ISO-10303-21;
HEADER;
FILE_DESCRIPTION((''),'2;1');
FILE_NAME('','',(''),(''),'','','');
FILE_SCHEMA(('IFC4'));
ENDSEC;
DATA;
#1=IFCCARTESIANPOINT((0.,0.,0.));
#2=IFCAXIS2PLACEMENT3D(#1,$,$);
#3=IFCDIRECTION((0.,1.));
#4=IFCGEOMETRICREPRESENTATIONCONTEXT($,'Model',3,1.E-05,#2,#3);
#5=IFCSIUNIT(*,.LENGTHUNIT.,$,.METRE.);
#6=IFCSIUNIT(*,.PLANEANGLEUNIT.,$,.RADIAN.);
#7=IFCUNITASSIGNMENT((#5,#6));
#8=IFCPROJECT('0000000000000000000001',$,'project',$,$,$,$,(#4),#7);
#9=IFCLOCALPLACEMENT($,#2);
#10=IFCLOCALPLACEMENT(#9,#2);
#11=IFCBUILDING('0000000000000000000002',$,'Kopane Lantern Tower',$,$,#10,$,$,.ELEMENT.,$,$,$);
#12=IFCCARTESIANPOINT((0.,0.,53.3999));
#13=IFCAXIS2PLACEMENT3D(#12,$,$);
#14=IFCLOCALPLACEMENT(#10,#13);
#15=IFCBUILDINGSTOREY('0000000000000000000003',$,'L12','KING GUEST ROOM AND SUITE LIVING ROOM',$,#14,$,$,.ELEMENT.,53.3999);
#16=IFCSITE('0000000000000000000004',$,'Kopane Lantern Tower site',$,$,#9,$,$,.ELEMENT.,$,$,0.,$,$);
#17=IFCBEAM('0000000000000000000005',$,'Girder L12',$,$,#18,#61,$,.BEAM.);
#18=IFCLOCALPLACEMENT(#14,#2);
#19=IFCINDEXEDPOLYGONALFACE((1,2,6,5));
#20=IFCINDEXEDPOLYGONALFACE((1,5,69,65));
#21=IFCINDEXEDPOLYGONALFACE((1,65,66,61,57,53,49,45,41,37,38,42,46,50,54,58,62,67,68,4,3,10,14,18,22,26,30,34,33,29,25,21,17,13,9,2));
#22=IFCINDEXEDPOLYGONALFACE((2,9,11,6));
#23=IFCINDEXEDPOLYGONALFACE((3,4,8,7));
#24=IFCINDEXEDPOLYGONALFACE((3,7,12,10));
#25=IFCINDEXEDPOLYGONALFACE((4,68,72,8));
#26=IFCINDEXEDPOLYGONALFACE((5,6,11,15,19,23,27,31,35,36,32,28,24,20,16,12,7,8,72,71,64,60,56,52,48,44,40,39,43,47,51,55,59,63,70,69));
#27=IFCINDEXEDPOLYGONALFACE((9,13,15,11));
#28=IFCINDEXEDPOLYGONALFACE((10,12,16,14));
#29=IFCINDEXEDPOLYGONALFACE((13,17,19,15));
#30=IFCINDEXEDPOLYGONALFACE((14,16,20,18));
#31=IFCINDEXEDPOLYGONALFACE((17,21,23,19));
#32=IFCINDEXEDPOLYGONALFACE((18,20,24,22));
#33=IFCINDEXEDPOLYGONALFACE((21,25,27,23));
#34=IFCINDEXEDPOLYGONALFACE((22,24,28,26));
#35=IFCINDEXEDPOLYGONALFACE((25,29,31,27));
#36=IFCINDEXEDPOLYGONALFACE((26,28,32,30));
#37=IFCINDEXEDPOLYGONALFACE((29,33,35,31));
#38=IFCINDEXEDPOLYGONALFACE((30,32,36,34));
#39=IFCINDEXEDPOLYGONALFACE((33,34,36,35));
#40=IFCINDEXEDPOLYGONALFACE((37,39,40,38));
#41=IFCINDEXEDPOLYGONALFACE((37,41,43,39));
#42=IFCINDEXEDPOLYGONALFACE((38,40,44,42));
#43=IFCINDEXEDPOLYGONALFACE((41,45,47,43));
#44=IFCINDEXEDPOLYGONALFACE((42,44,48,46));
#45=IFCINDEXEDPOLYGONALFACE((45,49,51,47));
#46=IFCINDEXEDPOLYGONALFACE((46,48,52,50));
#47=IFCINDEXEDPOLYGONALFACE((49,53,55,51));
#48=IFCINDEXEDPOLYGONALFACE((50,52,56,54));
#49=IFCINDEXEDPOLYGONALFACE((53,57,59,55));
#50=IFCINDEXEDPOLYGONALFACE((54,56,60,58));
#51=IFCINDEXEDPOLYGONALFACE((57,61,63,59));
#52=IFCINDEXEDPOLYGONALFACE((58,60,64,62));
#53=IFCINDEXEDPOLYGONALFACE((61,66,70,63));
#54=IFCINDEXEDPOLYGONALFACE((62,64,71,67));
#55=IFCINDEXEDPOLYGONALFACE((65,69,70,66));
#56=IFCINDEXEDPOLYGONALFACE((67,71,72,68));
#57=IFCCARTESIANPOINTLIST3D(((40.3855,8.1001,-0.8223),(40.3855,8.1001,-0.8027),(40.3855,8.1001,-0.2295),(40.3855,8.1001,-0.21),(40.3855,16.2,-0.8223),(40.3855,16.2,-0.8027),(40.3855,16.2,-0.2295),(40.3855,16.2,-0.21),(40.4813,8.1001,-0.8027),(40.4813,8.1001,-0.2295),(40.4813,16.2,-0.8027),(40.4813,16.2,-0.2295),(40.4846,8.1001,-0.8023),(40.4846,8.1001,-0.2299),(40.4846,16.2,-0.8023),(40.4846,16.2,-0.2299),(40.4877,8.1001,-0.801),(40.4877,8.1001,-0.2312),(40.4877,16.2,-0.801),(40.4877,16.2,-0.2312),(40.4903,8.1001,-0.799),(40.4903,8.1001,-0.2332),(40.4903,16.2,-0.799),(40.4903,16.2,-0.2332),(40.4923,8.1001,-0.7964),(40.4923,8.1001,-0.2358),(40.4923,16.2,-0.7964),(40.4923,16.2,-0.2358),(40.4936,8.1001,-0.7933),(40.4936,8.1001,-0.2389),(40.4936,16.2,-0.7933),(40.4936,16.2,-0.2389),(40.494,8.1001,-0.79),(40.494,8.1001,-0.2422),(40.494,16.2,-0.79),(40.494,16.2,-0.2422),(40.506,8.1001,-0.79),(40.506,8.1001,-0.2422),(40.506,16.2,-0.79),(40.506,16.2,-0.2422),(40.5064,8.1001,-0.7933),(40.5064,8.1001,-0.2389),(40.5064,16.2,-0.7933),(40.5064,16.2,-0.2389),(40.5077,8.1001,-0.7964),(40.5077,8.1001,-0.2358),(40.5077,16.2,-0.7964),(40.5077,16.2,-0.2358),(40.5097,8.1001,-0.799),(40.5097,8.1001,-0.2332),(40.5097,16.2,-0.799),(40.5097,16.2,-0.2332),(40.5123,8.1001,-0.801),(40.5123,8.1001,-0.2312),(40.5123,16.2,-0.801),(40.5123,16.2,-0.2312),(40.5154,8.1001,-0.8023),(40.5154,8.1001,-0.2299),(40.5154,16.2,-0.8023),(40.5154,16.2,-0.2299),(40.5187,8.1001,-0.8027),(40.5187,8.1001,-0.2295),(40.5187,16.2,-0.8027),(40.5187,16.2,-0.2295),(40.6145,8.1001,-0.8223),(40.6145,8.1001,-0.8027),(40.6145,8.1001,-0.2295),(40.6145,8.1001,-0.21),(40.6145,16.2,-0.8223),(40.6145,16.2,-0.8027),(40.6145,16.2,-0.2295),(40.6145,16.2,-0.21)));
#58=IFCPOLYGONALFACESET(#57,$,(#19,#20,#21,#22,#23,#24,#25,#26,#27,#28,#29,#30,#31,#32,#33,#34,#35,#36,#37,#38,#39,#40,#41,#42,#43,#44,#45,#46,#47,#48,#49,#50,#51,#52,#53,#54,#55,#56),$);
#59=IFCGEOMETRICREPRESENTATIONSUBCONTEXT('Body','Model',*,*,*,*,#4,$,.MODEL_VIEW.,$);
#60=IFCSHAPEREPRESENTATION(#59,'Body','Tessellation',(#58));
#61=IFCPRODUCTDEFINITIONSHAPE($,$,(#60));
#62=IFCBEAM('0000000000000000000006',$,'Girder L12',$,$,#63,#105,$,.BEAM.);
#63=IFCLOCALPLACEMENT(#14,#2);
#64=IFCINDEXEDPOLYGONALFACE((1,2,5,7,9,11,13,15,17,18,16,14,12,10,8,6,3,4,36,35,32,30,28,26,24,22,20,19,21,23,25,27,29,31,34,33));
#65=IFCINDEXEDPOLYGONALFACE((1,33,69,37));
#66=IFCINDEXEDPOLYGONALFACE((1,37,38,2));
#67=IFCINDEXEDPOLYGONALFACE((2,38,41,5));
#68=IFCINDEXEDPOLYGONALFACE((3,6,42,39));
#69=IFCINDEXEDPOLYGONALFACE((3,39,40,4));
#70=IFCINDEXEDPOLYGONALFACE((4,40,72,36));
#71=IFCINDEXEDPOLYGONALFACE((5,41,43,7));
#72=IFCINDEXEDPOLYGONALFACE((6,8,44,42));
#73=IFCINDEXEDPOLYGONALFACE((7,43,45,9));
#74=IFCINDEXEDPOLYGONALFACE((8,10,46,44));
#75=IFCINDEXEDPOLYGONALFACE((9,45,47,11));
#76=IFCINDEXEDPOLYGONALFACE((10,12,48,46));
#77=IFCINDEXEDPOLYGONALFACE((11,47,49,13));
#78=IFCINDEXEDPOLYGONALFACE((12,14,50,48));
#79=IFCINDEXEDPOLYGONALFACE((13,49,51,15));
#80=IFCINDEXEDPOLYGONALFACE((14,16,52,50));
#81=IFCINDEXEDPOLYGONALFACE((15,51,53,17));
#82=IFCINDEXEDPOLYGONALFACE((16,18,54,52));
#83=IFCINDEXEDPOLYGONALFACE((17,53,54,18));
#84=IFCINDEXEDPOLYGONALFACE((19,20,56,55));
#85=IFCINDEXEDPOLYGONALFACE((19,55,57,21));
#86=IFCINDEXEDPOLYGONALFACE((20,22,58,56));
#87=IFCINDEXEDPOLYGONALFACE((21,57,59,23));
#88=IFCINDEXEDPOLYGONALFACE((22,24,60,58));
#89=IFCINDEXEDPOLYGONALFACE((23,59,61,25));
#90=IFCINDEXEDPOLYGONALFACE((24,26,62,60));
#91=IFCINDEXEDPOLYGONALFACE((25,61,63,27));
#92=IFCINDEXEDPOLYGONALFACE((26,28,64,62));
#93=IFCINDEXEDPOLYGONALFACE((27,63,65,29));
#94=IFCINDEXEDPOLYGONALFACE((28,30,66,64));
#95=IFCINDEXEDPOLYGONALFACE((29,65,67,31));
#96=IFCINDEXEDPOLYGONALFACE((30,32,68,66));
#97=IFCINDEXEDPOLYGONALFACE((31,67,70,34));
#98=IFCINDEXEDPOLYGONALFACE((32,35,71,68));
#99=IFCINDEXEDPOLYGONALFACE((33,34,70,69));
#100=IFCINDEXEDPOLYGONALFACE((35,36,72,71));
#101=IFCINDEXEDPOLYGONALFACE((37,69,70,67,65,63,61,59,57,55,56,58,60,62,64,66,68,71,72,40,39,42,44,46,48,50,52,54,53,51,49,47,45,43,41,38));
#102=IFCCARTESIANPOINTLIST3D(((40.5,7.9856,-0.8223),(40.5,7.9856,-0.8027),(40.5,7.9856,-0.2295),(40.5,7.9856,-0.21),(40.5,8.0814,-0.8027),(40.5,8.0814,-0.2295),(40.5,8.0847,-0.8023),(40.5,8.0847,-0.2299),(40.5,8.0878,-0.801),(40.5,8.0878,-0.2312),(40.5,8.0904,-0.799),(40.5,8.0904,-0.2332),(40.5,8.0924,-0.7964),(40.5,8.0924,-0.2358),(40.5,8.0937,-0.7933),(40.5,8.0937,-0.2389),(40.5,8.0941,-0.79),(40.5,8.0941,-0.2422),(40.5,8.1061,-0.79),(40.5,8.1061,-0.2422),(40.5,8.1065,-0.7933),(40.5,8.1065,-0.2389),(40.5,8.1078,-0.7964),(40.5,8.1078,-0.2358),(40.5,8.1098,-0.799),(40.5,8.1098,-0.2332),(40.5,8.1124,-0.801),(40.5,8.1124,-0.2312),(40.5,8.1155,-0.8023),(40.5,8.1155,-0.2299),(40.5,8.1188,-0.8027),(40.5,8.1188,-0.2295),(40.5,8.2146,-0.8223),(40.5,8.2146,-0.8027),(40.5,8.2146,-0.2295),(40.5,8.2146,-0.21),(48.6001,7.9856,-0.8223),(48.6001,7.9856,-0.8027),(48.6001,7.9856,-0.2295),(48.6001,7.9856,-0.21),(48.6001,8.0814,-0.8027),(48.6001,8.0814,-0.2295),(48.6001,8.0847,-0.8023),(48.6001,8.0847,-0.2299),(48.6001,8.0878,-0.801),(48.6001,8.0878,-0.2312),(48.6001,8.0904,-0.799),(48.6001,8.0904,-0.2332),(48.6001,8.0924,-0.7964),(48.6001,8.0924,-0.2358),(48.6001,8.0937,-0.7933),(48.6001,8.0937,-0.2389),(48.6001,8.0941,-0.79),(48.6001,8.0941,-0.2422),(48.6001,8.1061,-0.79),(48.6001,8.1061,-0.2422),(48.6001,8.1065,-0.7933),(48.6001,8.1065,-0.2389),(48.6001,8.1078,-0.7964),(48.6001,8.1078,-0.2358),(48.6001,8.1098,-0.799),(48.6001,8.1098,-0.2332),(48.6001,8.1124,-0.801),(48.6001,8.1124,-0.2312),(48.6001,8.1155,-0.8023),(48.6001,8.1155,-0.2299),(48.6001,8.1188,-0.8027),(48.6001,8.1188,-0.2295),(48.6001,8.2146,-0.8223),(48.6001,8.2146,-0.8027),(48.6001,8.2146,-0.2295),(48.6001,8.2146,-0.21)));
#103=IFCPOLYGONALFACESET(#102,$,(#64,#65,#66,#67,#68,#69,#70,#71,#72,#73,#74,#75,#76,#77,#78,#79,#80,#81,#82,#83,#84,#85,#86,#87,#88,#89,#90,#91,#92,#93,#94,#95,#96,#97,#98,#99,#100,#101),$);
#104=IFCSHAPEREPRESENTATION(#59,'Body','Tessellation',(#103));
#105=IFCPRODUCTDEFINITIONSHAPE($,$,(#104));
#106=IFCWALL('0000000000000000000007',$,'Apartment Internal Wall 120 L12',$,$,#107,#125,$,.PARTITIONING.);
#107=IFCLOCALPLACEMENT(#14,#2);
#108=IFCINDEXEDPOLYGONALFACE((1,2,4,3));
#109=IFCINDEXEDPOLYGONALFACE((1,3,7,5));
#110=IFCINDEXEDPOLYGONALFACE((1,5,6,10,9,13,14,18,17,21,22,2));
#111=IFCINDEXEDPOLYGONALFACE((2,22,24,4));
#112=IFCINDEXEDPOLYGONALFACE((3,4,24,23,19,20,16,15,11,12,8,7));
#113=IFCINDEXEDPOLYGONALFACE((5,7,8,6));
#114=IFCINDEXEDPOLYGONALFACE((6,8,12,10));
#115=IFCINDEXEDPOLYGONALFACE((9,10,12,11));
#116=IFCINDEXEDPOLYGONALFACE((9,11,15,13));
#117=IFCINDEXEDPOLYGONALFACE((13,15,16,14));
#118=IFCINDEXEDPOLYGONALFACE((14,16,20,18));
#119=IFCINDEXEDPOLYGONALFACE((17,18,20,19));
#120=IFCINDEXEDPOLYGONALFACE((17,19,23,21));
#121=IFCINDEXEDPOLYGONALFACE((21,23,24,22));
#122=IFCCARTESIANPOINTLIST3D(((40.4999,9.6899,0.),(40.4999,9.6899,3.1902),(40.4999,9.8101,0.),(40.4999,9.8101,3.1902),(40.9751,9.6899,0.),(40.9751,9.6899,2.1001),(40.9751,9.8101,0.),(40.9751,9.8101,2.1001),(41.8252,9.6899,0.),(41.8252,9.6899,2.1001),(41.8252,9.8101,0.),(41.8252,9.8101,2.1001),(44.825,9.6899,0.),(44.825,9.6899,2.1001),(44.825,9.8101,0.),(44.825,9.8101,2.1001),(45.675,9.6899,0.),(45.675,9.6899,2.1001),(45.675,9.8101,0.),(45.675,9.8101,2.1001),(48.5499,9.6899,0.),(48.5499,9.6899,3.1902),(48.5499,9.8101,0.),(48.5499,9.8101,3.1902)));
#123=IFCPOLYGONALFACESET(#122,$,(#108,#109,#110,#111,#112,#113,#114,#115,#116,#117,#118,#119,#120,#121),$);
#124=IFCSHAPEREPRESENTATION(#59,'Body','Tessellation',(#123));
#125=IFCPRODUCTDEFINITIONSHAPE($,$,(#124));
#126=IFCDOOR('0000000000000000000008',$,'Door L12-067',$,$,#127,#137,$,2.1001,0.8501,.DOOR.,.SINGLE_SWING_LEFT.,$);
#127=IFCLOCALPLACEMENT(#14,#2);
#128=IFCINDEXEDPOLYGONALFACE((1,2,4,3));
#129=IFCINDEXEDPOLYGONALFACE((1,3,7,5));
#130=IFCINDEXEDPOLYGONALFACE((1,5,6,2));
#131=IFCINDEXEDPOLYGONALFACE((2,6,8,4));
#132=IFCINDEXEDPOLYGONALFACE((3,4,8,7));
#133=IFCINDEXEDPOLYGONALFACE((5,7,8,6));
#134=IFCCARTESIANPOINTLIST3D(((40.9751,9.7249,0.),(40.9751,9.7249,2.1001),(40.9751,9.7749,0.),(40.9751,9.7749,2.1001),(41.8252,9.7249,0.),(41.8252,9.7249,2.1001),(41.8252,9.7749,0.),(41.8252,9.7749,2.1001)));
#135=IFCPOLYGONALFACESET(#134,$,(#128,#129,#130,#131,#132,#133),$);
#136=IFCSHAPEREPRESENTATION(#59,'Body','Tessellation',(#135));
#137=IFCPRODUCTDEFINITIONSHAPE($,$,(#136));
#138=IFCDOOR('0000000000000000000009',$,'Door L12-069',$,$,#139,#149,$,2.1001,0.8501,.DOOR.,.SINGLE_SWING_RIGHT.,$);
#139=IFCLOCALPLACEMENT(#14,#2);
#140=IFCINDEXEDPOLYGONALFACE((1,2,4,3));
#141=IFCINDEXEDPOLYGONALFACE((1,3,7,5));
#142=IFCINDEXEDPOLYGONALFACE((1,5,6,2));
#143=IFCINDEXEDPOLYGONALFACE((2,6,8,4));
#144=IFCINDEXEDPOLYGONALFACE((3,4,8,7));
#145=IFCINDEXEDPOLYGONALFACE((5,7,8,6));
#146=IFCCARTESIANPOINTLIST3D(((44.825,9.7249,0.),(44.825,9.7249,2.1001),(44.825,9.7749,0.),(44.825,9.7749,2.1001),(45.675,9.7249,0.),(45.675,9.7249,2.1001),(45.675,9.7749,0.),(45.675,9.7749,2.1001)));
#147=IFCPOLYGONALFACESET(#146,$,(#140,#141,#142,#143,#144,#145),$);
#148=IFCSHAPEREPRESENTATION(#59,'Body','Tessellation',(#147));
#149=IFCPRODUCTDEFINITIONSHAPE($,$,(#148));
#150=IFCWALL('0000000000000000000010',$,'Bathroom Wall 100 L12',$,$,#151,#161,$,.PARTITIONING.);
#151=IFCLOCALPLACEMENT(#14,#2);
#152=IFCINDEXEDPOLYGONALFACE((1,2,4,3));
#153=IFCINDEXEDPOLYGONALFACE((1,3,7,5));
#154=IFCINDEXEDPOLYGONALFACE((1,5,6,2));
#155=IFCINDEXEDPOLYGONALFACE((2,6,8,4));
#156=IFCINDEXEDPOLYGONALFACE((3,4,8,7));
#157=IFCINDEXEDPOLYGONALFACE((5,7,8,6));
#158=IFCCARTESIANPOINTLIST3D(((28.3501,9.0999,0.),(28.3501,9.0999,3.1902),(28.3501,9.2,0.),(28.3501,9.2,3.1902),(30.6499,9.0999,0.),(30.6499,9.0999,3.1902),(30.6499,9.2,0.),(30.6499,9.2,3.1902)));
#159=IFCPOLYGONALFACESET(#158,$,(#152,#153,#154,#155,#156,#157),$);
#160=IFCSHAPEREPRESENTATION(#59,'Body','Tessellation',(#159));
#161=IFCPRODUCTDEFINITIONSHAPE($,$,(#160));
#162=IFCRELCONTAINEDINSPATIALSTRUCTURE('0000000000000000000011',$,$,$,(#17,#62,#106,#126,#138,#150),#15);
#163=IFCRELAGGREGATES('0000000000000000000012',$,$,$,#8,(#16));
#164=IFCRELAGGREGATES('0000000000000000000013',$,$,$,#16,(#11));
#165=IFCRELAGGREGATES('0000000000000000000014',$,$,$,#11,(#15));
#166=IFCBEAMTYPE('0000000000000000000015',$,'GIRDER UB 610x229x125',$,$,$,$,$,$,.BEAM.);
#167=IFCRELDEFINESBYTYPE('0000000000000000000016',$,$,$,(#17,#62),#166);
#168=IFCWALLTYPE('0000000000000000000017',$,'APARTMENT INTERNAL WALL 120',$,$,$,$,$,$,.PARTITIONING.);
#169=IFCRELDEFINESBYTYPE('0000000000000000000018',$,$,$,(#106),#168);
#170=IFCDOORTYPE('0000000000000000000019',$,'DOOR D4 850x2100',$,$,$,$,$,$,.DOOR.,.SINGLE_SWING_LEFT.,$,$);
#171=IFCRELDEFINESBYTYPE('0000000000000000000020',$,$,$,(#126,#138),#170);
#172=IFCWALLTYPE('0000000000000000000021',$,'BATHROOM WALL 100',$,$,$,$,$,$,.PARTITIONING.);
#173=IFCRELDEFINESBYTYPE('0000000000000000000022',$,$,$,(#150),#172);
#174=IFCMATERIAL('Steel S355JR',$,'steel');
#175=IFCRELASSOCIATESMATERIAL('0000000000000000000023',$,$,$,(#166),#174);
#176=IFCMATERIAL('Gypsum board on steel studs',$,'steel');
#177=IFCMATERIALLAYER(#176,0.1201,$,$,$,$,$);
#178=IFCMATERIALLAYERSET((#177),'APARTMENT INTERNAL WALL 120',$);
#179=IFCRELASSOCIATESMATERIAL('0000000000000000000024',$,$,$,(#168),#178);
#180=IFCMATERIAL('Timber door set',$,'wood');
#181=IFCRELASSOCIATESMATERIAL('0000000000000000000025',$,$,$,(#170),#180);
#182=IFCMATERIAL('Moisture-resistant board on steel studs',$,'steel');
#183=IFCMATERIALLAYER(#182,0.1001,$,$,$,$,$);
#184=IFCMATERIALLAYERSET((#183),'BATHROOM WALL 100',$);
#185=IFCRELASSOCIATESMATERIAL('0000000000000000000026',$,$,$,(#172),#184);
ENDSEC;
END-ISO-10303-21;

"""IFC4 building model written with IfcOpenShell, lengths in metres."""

from ifc_helpers import new_model, si_unit, direction, frame, frame_2d, origin, origin_2d, place, context, subcontext, project, spatial, rectangle, i_section, extrude, material, layer, layer_set, material_profile, profile_set, type_object, element, fill, save


model = new_model("IFC4")

# Units and contexts
model_context = context("Model", 3, precision=1e-05, world=origin(), true_north=direction((0.0, 1.0)))
body_context = subcontext(model_context, "Body", "Model", "MODEL_VIEW")
ifc_project = project(units=[si_unit("LENGTHUNIT", "METRE"), si_unit("PLANEANGLEUNIT", "RADIAN")], contexts=[model_context])

# Site, building, storey
site_placement = place(None, origin())
site = spatial("IfcSite", under=ifc_project, at=site_placement, Name="Kopane Lantern Tower site", CompositionType="ELEMENT", RefElevation=0.0)
building_placement = place(site_placement, origin())
building = spatial("IfcBuilding", under=site, at=building_placement, Name="Kopane Lantern Tower", CompositionType="ELEMENT")
storey_placement = place(building_placement, frame((0.0, 0.0, 53.3999)))
storey = spatial("IfcBuildingStorey", under=building, at=storey_placement, Name="L12", Description="KING GUEST ROOM AND SUITE LIVING ROOM", CompositionType="ELEMENT", Elevation=53.3999)

# Beams
ifc_material_1 = material(Name="Steel S355JR", Category="steel")
ifc_material_profile_1 = material_profile(ifc_material_1, i_section(OverallWidth=0.229, OverallDepth=0.6123, WebThickness=0.012, FlangeThickness=0.0195, FilletRadius=0.0127, at=origin_2d()), Name="UB 610x229x125")
ifc_profile_set_1 = profile_set([ifc_material_profile_1], Name="Steel S355JR")
beam_type = type_object("IfcBeamType", Name="GIRDER UB 610x229x125", PredefinedType="BEAM", material=ifc_profile_set_1)
beam_1_placement = place(storey_placement, frame((40.5, 8.1001, -0.5161), z_axis=(0.0, 1.0, 0.0), x_axis=(-1.0, 0.0, 0.0)))
element("IfcBeam", 1, at=beam_1_placement, inside=storey, type_object=beam_type, Name="Girder L12", PredefinedType="BEAM", context=body_context, shape_type="SweptSolid", body=[
    extrude(i_section(OverallWidth=0.229, OverallDepth=0.6123, WebThickness=0.012, FlangeThickness=0.0195, FilletRadius=0.0127, at=origin_2d()), origin(), (0.0, 0.0, 1.0), 8.0999),
])
beam_2_placement = place(storey_placement, frame((40.5, 8.1001, -0.5161), z_axis=(1.0, 0.0, 0.0), x_axis=(0.0, 1.0, 0.0)))
element("IfcBeam", 2, at=beam_2_placement, inside=storey, type_object=beam_type, Name="Girder L12", PredefinedType="BEAM", context=body_context, shape_type="SweptSolid", body=[
    extrude(i_section(OverallWidth=0.229, OverallDepth=0.6123, WebThickness=0.012, FlangeThickness=0.0195, FilletRadius=0.0127, at=origin_2d()), origin(), (0.0, 0.0, 1.0), 8.1001),
])

# Wall, openings, doors
ifc_material_2 = material(Name="Gypsum board on steel studs", Category="steel")
ifc_layer_1 = layer(ifc_material_2, 0.1201)
ifc_layer_set_1 = layer_set([ifc_layer_1], Name="APARTMENT INTERNAL WALL 120")
wall_type_1 = type_object("IfcWallType", Name="APARTMENT INTERNAL WALL 120", PredefinedType="PARTITIONING", material=ifc_layer_set_1)
wall_1_placement = place(storey_placement, frame((40.5, 9.75, 0.0), z_axis=(0.0, 0.0, 1.0), x_axis=(1.0, 0.0, 0.0)))
wall_1 = element("IfcWall", 3, at=wall_1_placement, inside=storey, type_object=wall_type_1, Name="Apartment Internal Wall 120 L12", PredefinedType="PARTITIONING", context=body_context, shape_type="SweptSolid", body=[
    extrude(rectangle(XDim=8.05, YDim=0.1201, at=frame_2d((4.0249, 0.0))), origin(), (0.0, 0.0, 1.0), 3.1902),
])
opening_1_placement = place(wall_1_placement, frame((0.4751, 0.0, 0.0)))
opening_1 = element("IfcOpeningElement", 4, at=opening_1_placement, cuts=wall_1, PredefinedType="OPENING", context=body_context, shape_type="SweptSolid", body=[
    extrude(rectangle(XDim=0.8501, YDim=2.1001, at=frame_2d((0.425, 1.05))), frame((0.0, 0.0701, 0.0), z_axis=(0.0, -1.0, 0.0), x_axis=(1.0, 0.0, 0.0)), (0.0, 0.0, 1.0), 0.1401),
])
opening_2_placement = place(wall_1_placement, frame((4.325, 0.0, 0.0)))
opening_2 = element("IfcOpeningElement", 5, at=opening_2_placement, cuts=wall_1, PredefinedType="OPENING", context=body_context, shape_type="SweptSolid", body=[
    extrude(rectangle(XDim=0.8501, YDim=2.1001, at=frame_2d((0.425, 1.05))), frame((0.0, 0.0701, 0.0), z_axis=(0.0, -1.0, 0.0), x_axis=(1.0, 0.0, 0.0)), (0.0, 0.0, 1.0), 0.1401),
])
ifc_material_3 = material(Name="Timber door set", Category="wood")
door_type_1 = type_object("IfcDoorType", Name="DOOR D4 850x2100", OperationType="SINGLE_SWING_LEFT", PredefinedType="DOOR", material=ifc_material_3)
door_1_placement = place(opening_1_placement, origin())
door_1 = element("IfcDoor", 6, at=door_1_placement, inside=storey, type_object=door_type_1, Name="Door L12-067", OperationType="SINGLE_SWING_LEFT", OverallHeight=2.1001, OverallWidth=0.8501, PredefinedType="DOOR", context=body_context, shape_type="SweptSolid", body=[
    extrude(rectangle(XDim=0.8501, YDim=2.1001, at=frame_2d((0.425, 1.05))), frame((0.0, 0.0249, 0.0), z_axis=(0.0, -1.0, 0.0), x_axis=(1.0, 0.0, 0.0)), (0.0, 0.0, 1.0), 0.05),
])
fill(opening_1, door_1)
door_2_placement = place(opening_2_placement, origin())
door_2 = element("IfcDoor", 7, at=door_2_placement, inside=storey, type_object=door_type_1, Name="Door L12-069", OperationType="SINGLE_SWING_RIGHT", OverallHeight=2.1001, OverallWidth=0.8501, PredefinedType="DOOR", context=body_context, shape_type="SweptSolid", body=[
    extrude(rectangle(XDim=0.8501, YDim=2.1001, at=frame_2d((0.425, 1.05))), frame((0.0, 0.0249, 0.0), z_axis=(0.0, -1.0, 0.0), x_axis=(1.0, 0.0, 0.0)), (0.0, 0.0, 1.0), 0.05),
])
fill(opening_2, door_2)

# Wall
ifc_material_4 = material(Name="Moisture-resistant board on steel studs", Category="steel")
ifc_layer_2 = layer(ifc_material_4, 0.1001)
ifc_layer_set_2 = layer_set([ifc_layer_2], Name="BATHROOM WALL 100")
wall_type_2 = type_object("IfcWallType", Name="BATHROOM WALL 100", PredefinedType="PARTITIONING", material=ifc_layer_set_2)
wall_2_placement = place(storey_placement, frame((28.3501, 9.1499, 0.0), z_axis=(0.0, 0.0, 1.0), x_axis=(1.0, 0.0, 0.0)))
element("IfcWall", 8, at=wall_2_placement, inside=storey, type_object=wall_type_2, Name="Bathroom Wall 100 L12", PredefinedType="PARTITIONING", context=body_context, shape_type="SweptSolid", body=[
    extrude(rectangle(XDim=2.2998, YDim=0.1001, at=frame_2d((1.1499, 0.0))), origin(), (0.0, 0.0, 1.0), 3.1902),
])

save(model, "model.ifc")
